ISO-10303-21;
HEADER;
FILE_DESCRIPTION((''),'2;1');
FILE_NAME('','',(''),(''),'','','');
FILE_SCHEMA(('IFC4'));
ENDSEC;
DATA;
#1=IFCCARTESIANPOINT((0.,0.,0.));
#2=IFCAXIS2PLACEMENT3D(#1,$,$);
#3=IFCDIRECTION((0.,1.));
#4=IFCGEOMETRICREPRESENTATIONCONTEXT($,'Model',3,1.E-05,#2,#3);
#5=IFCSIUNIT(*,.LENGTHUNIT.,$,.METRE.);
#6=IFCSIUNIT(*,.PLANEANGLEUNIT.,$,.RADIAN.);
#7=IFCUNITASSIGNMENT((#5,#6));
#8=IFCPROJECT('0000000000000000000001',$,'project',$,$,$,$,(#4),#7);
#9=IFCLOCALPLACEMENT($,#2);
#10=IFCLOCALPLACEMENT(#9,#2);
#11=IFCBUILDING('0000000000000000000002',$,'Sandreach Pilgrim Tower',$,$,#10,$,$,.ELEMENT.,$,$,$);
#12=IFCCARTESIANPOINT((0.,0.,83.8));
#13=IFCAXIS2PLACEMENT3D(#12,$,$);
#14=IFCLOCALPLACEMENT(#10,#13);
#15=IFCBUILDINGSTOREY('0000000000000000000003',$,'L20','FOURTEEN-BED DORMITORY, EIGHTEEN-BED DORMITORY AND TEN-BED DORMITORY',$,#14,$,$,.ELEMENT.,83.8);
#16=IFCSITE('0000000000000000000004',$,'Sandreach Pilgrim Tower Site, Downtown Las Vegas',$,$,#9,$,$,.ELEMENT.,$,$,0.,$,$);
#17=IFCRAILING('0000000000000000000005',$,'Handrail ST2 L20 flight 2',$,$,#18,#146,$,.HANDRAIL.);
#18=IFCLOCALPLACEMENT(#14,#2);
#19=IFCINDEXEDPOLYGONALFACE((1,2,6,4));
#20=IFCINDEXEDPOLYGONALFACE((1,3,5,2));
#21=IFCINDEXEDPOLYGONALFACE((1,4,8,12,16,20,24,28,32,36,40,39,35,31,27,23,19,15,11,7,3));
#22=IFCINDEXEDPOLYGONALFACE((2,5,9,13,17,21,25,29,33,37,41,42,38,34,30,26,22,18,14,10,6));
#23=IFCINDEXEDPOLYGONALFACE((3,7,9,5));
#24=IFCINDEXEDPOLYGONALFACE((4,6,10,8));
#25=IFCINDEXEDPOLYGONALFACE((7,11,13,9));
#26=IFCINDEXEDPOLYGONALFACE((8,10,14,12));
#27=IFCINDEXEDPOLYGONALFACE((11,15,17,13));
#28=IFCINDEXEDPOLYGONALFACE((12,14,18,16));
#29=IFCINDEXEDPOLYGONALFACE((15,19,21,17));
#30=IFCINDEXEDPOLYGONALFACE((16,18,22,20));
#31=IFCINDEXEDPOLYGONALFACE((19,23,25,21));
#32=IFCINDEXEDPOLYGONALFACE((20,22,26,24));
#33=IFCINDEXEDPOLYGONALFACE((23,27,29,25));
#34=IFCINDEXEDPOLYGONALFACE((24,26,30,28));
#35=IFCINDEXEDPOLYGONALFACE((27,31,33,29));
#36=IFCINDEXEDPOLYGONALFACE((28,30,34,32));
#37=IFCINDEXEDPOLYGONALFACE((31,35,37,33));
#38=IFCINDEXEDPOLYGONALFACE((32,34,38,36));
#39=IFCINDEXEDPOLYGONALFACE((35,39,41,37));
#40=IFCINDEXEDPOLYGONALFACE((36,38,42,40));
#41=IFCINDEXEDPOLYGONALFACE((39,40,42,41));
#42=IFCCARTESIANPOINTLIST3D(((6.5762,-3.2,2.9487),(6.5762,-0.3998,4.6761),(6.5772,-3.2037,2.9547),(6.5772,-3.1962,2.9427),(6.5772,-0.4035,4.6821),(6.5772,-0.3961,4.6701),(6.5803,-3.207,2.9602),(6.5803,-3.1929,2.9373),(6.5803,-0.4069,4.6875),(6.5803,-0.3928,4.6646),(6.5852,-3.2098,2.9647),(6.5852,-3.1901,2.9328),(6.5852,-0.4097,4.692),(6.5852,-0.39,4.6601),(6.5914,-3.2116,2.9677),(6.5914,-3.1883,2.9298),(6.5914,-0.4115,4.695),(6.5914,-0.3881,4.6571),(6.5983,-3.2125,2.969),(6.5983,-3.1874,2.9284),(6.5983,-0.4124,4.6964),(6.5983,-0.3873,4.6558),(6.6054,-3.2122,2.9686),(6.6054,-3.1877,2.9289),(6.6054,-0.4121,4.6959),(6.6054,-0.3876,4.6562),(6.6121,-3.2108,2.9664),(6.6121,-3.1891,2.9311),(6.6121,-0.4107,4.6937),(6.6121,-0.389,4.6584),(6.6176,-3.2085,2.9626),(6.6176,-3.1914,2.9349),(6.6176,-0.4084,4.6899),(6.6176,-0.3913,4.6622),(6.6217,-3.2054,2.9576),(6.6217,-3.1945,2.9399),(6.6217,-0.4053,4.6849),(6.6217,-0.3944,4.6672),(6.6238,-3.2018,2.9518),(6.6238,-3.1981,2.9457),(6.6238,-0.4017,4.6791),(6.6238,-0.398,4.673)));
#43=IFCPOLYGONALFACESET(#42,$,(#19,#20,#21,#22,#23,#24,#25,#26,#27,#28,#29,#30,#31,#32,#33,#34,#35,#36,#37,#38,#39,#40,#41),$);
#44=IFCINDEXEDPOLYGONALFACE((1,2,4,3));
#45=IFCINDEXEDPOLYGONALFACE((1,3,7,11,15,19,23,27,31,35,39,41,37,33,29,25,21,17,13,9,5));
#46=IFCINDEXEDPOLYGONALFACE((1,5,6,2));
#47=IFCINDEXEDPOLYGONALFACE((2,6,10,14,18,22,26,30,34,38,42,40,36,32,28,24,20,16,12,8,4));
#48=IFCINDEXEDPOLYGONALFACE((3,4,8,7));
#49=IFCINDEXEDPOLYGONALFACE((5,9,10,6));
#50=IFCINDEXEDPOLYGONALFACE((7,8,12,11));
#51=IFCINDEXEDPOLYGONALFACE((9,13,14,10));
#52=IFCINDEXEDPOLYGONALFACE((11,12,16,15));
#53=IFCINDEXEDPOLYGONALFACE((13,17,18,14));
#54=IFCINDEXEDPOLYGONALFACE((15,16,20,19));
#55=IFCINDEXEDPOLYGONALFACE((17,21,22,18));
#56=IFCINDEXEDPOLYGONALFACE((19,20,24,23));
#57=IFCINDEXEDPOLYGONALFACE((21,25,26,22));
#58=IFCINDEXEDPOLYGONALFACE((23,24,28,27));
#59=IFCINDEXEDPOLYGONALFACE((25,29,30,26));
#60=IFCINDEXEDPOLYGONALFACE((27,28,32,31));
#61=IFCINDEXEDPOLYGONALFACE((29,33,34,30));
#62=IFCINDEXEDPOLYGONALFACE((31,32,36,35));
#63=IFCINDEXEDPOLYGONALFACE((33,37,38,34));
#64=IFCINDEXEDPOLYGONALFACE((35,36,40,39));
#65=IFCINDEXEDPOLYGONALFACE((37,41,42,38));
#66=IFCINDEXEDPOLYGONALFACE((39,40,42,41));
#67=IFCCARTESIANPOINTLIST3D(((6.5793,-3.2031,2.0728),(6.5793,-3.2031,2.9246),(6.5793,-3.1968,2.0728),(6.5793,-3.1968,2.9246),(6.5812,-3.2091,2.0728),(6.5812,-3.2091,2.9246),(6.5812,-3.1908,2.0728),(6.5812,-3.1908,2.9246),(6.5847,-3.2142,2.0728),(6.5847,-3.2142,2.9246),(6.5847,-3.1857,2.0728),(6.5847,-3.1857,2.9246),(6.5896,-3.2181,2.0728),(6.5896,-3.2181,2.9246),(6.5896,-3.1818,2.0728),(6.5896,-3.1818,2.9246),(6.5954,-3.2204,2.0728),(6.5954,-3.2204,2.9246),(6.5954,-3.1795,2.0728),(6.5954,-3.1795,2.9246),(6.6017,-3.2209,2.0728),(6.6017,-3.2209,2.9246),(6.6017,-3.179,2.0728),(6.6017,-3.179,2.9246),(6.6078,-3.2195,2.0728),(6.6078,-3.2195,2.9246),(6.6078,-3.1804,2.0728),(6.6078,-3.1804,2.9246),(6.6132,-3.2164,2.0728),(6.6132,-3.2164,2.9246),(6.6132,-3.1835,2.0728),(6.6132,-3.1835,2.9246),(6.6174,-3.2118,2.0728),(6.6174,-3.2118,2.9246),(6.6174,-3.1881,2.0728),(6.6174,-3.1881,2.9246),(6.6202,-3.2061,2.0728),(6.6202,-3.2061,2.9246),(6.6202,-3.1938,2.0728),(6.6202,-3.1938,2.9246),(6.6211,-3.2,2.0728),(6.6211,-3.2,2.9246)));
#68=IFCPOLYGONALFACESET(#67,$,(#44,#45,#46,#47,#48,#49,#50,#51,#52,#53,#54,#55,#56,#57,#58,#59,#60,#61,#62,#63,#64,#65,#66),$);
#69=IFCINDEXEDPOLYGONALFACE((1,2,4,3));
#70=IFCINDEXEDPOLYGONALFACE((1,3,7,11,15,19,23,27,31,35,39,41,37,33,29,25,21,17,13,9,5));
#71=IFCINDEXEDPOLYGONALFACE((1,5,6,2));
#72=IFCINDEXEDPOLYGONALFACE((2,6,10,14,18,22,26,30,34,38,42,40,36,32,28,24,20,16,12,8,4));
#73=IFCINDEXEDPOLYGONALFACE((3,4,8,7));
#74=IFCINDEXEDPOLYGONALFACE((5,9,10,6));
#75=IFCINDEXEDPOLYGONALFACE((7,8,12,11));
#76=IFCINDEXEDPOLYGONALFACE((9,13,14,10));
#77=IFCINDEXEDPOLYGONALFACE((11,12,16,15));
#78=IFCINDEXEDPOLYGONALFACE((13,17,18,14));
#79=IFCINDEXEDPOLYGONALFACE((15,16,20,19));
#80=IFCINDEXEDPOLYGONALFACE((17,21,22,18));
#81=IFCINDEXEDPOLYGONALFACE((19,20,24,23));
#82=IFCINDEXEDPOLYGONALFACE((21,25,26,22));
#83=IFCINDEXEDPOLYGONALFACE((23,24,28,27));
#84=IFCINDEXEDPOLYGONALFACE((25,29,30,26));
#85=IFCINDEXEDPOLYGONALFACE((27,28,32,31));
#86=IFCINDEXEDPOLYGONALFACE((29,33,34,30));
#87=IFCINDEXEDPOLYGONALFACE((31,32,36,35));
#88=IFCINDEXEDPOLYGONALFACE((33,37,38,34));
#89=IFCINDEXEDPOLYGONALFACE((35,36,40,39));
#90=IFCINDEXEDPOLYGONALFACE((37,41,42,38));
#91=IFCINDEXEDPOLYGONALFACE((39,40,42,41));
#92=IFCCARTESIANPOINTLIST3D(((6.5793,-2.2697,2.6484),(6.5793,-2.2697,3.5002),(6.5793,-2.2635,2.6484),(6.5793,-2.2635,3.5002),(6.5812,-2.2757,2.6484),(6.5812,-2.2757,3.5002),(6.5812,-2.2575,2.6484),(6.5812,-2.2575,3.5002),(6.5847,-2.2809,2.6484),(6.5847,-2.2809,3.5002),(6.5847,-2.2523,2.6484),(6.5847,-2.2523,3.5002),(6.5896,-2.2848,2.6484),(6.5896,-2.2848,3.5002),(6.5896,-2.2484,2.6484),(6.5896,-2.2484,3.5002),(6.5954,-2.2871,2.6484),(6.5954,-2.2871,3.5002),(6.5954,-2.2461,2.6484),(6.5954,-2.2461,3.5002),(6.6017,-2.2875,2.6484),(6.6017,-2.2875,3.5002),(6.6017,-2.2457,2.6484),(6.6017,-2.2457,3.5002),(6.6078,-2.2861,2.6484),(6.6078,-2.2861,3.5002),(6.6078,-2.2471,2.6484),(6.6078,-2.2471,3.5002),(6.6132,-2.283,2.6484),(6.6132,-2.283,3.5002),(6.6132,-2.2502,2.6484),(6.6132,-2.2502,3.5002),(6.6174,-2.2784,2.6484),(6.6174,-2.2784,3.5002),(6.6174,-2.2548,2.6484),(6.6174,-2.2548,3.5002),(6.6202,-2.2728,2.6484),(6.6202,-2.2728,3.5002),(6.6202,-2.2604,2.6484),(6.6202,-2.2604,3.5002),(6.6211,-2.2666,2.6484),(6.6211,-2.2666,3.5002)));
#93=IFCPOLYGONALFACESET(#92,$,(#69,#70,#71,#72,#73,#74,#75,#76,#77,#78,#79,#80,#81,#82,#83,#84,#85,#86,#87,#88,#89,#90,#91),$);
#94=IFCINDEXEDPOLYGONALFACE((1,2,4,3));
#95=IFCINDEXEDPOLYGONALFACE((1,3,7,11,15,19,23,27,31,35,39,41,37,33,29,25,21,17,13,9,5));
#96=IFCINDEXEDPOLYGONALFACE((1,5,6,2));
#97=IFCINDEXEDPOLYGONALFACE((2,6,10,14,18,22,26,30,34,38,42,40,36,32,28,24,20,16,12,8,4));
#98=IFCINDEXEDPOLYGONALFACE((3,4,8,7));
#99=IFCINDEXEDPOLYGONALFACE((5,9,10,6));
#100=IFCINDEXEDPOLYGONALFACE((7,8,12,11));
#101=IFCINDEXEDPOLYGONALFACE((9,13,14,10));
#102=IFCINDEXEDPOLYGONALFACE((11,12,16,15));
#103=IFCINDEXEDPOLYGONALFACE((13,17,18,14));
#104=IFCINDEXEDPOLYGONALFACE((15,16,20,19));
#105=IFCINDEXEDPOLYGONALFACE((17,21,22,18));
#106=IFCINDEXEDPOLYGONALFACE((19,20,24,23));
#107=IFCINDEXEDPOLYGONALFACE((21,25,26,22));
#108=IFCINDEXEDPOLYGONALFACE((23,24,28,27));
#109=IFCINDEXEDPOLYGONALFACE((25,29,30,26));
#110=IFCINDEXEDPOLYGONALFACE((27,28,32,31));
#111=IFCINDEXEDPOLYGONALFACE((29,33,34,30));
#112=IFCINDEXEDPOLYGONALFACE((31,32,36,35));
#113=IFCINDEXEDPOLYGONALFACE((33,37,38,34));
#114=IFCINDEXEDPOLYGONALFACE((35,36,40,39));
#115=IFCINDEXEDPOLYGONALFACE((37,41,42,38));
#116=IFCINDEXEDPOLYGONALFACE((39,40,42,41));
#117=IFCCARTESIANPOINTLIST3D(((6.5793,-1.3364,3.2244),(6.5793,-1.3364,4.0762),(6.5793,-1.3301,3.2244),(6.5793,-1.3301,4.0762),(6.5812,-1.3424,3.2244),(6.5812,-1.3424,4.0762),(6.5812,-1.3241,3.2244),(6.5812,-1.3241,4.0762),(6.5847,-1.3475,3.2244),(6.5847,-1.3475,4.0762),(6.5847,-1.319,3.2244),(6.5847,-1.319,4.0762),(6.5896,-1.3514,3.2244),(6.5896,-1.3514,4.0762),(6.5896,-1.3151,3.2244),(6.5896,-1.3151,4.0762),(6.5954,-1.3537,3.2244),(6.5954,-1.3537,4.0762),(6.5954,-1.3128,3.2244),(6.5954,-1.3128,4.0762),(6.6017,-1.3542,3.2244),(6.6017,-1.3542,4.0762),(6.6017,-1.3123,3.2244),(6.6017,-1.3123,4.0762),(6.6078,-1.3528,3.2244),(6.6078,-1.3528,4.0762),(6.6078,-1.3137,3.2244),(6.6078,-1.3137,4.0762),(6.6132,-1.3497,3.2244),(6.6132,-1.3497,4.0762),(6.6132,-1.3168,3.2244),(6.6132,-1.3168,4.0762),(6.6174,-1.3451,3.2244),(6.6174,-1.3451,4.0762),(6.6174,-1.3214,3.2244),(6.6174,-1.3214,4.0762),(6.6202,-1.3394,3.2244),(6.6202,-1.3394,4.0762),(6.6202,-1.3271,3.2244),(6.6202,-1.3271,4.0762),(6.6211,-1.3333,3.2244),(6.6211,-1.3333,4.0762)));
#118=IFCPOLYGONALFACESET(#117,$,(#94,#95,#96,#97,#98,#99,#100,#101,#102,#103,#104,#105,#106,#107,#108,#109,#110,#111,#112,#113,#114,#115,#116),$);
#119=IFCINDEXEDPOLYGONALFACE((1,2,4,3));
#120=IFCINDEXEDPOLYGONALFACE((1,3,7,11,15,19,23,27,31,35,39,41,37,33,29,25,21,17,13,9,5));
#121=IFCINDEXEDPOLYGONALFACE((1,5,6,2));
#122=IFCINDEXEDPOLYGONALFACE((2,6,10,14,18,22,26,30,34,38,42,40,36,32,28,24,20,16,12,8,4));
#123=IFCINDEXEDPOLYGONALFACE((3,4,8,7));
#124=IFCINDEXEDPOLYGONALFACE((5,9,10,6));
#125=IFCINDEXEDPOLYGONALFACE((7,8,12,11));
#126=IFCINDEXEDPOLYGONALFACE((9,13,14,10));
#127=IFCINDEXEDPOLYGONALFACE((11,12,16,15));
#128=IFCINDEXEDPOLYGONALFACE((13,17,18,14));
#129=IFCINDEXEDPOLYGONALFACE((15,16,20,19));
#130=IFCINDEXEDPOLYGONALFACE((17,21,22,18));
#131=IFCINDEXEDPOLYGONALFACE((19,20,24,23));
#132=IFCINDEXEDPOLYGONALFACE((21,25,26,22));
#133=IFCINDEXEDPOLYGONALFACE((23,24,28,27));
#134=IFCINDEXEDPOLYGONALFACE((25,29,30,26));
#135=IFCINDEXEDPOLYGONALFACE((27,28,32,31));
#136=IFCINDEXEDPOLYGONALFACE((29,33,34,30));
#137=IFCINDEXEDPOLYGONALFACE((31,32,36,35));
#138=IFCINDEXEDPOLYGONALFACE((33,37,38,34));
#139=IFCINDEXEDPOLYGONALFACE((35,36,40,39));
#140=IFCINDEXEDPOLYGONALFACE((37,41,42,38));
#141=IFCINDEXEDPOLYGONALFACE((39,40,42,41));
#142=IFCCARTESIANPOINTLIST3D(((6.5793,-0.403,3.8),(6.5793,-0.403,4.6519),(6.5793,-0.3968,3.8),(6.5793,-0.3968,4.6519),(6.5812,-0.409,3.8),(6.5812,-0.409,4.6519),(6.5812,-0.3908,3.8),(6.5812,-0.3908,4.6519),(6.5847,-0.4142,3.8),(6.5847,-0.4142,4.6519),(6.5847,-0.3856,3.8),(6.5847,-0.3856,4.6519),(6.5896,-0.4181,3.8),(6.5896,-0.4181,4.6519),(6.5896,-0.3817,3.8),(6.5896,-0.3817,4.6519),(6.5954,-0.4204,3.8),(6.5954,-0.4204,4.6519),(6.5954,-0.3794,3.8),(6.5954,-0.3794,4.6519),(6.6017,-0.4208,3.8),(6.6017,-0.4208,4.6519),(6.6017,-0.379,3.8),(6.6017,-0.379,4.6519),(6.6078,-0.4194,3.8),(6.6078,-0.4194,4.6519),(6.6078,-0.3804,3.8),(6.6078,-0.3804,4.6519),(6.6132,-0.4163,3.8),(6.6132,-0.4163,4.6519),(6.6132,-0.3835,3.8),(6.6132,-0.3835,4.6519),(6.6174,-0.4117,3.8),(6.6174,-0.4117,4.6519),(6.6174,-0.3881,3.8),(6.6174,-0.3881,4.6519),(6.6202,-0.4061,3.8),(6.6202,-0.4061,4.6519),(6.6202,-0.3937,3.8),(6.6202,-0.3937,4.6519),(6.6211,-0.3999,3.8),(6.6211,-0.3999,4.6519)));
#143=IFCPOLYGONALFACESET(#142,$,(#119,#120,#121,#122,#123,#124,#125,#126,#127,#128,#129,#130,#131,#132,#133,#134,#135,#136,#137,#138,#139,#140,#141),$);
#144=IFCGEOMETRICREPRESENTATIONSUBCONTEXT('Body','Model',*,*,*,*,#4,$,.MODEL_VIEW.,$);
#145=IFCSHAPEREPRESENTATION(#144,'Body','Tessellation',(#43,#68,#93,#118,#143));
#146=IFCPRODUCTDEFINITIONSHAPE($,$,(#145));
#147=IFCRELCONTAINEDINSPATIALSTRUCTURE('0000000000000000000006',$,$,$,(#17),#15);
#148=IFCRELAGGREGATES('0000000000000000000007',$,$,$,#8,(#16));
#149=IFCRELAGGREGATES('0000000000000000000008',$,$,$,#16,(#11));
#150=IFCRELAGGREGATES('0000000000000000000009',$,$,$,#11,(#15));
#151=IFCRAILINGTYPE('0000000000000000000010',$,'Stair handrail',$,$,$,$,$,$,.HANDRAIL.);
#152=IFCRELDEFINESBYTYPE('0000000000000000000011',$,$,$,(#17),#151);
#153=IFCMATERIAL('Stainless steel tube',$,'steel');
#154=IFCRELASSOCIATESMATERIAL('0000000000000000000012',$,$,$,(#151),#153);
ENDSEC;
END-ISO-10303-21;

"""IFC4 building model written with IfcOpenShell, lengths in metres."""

from ifc_helpers import new_model, si_unit, direction, frame, origin, origin_2d, place, context, subcontext, project, spatial, circle, extrude, material, type_object, element, save


model = new_model("IFC4")

# Units and contexts
model_context = context("Model", 3, precision=1e-05, world=origin(), true_north=direction((0.0, 1.0)))
body_context = subcontext(model_context, "Body", "Model", "MODEL_VIEW")
ifc_project = project(units=[si_unit("LENGTHUNIT", "METRE"), si_unit("PLANEANGLEUNIT", "RADIAN")], contexts=[model_context])

# Site, building, storey
site_placement = place(None, origin())
site = spatial("IfcSite", under=ifc_project, at=site_placement, Name="Sandreach Pilgrim Tower Site, Downtown Las Vegas", CompositionType="ELEMENT", RefElevation=0.0)
building_placement = place(site_placement, origin())
building = spatial("IfcBuilding", under=site, at=building_placement, Name="Sandreach Pilgrim Tower", CompositionType="ELEMENT")
storey_placement = place(building_placement, frame((0.0, 0.0, 83.8)))
storey = spatial("IfcBuildingStorey", under=building, at=storey_placement, Name="L20", Description="FOURTEEN-BED DORMITORY, EIGHTEEN-BED DORMITORY AND TEN-BED DORMITORY", CompositionType="ELEMENT", Elevation=83.8)

# Railing
ifc_material_1 = material(Name="Stainless steel tube", Category="steel")
railing_type = type_object("IfcRailingType", Name="Stair handrail", PredefinedType="HANDRAIL", material=ifc_material_1)
for number, where, name in (
    (1, (6.6001, -3.2, 2.0728), "Handrail ST2 L20 flight 2"),
):
    element("IfcRailing", number, at=place(storey_placement, frame(where)), inside=storey, type_object=railing_type, Name=name, PredefinedType="HANDRAIL", context=body_context, shape_type="SweptSolid", body=[
        extrude(circle(Radius=0.0239, at=origin_2d()), frame((0.0, 0.0, 0.876), z_axis=(0.0, 0.85109, 0.52502), x_axis=(-1.0, 0.0, 0.0)), (0.0, 0.0, 1.0), 3.29),
        extrude(circle(Radius=0.021, at=origin_2d()), origin(), (0.0, 0.0, 1.0), 0.8518),
        extrude(circle(Radius=0.021, at=origin_2d()), frame((0.0, 0.9333, 0.5757)), (0.0, 0.0, 1.0), 0.8518),
        extrude(circle(Radius=0.021, at=origin_2d()), frame((0.0, 1.8667, 1.1516)), (0.0, 0.0, 1.0), 0.8518),
        extrude(circle(Radius=0.021, at=origin_2d()), frame((0.0, 2.8, 1.7273)), (0.0, 0.0, 1.0), 0.8518),
    ])

save(model, "model.ifc")
